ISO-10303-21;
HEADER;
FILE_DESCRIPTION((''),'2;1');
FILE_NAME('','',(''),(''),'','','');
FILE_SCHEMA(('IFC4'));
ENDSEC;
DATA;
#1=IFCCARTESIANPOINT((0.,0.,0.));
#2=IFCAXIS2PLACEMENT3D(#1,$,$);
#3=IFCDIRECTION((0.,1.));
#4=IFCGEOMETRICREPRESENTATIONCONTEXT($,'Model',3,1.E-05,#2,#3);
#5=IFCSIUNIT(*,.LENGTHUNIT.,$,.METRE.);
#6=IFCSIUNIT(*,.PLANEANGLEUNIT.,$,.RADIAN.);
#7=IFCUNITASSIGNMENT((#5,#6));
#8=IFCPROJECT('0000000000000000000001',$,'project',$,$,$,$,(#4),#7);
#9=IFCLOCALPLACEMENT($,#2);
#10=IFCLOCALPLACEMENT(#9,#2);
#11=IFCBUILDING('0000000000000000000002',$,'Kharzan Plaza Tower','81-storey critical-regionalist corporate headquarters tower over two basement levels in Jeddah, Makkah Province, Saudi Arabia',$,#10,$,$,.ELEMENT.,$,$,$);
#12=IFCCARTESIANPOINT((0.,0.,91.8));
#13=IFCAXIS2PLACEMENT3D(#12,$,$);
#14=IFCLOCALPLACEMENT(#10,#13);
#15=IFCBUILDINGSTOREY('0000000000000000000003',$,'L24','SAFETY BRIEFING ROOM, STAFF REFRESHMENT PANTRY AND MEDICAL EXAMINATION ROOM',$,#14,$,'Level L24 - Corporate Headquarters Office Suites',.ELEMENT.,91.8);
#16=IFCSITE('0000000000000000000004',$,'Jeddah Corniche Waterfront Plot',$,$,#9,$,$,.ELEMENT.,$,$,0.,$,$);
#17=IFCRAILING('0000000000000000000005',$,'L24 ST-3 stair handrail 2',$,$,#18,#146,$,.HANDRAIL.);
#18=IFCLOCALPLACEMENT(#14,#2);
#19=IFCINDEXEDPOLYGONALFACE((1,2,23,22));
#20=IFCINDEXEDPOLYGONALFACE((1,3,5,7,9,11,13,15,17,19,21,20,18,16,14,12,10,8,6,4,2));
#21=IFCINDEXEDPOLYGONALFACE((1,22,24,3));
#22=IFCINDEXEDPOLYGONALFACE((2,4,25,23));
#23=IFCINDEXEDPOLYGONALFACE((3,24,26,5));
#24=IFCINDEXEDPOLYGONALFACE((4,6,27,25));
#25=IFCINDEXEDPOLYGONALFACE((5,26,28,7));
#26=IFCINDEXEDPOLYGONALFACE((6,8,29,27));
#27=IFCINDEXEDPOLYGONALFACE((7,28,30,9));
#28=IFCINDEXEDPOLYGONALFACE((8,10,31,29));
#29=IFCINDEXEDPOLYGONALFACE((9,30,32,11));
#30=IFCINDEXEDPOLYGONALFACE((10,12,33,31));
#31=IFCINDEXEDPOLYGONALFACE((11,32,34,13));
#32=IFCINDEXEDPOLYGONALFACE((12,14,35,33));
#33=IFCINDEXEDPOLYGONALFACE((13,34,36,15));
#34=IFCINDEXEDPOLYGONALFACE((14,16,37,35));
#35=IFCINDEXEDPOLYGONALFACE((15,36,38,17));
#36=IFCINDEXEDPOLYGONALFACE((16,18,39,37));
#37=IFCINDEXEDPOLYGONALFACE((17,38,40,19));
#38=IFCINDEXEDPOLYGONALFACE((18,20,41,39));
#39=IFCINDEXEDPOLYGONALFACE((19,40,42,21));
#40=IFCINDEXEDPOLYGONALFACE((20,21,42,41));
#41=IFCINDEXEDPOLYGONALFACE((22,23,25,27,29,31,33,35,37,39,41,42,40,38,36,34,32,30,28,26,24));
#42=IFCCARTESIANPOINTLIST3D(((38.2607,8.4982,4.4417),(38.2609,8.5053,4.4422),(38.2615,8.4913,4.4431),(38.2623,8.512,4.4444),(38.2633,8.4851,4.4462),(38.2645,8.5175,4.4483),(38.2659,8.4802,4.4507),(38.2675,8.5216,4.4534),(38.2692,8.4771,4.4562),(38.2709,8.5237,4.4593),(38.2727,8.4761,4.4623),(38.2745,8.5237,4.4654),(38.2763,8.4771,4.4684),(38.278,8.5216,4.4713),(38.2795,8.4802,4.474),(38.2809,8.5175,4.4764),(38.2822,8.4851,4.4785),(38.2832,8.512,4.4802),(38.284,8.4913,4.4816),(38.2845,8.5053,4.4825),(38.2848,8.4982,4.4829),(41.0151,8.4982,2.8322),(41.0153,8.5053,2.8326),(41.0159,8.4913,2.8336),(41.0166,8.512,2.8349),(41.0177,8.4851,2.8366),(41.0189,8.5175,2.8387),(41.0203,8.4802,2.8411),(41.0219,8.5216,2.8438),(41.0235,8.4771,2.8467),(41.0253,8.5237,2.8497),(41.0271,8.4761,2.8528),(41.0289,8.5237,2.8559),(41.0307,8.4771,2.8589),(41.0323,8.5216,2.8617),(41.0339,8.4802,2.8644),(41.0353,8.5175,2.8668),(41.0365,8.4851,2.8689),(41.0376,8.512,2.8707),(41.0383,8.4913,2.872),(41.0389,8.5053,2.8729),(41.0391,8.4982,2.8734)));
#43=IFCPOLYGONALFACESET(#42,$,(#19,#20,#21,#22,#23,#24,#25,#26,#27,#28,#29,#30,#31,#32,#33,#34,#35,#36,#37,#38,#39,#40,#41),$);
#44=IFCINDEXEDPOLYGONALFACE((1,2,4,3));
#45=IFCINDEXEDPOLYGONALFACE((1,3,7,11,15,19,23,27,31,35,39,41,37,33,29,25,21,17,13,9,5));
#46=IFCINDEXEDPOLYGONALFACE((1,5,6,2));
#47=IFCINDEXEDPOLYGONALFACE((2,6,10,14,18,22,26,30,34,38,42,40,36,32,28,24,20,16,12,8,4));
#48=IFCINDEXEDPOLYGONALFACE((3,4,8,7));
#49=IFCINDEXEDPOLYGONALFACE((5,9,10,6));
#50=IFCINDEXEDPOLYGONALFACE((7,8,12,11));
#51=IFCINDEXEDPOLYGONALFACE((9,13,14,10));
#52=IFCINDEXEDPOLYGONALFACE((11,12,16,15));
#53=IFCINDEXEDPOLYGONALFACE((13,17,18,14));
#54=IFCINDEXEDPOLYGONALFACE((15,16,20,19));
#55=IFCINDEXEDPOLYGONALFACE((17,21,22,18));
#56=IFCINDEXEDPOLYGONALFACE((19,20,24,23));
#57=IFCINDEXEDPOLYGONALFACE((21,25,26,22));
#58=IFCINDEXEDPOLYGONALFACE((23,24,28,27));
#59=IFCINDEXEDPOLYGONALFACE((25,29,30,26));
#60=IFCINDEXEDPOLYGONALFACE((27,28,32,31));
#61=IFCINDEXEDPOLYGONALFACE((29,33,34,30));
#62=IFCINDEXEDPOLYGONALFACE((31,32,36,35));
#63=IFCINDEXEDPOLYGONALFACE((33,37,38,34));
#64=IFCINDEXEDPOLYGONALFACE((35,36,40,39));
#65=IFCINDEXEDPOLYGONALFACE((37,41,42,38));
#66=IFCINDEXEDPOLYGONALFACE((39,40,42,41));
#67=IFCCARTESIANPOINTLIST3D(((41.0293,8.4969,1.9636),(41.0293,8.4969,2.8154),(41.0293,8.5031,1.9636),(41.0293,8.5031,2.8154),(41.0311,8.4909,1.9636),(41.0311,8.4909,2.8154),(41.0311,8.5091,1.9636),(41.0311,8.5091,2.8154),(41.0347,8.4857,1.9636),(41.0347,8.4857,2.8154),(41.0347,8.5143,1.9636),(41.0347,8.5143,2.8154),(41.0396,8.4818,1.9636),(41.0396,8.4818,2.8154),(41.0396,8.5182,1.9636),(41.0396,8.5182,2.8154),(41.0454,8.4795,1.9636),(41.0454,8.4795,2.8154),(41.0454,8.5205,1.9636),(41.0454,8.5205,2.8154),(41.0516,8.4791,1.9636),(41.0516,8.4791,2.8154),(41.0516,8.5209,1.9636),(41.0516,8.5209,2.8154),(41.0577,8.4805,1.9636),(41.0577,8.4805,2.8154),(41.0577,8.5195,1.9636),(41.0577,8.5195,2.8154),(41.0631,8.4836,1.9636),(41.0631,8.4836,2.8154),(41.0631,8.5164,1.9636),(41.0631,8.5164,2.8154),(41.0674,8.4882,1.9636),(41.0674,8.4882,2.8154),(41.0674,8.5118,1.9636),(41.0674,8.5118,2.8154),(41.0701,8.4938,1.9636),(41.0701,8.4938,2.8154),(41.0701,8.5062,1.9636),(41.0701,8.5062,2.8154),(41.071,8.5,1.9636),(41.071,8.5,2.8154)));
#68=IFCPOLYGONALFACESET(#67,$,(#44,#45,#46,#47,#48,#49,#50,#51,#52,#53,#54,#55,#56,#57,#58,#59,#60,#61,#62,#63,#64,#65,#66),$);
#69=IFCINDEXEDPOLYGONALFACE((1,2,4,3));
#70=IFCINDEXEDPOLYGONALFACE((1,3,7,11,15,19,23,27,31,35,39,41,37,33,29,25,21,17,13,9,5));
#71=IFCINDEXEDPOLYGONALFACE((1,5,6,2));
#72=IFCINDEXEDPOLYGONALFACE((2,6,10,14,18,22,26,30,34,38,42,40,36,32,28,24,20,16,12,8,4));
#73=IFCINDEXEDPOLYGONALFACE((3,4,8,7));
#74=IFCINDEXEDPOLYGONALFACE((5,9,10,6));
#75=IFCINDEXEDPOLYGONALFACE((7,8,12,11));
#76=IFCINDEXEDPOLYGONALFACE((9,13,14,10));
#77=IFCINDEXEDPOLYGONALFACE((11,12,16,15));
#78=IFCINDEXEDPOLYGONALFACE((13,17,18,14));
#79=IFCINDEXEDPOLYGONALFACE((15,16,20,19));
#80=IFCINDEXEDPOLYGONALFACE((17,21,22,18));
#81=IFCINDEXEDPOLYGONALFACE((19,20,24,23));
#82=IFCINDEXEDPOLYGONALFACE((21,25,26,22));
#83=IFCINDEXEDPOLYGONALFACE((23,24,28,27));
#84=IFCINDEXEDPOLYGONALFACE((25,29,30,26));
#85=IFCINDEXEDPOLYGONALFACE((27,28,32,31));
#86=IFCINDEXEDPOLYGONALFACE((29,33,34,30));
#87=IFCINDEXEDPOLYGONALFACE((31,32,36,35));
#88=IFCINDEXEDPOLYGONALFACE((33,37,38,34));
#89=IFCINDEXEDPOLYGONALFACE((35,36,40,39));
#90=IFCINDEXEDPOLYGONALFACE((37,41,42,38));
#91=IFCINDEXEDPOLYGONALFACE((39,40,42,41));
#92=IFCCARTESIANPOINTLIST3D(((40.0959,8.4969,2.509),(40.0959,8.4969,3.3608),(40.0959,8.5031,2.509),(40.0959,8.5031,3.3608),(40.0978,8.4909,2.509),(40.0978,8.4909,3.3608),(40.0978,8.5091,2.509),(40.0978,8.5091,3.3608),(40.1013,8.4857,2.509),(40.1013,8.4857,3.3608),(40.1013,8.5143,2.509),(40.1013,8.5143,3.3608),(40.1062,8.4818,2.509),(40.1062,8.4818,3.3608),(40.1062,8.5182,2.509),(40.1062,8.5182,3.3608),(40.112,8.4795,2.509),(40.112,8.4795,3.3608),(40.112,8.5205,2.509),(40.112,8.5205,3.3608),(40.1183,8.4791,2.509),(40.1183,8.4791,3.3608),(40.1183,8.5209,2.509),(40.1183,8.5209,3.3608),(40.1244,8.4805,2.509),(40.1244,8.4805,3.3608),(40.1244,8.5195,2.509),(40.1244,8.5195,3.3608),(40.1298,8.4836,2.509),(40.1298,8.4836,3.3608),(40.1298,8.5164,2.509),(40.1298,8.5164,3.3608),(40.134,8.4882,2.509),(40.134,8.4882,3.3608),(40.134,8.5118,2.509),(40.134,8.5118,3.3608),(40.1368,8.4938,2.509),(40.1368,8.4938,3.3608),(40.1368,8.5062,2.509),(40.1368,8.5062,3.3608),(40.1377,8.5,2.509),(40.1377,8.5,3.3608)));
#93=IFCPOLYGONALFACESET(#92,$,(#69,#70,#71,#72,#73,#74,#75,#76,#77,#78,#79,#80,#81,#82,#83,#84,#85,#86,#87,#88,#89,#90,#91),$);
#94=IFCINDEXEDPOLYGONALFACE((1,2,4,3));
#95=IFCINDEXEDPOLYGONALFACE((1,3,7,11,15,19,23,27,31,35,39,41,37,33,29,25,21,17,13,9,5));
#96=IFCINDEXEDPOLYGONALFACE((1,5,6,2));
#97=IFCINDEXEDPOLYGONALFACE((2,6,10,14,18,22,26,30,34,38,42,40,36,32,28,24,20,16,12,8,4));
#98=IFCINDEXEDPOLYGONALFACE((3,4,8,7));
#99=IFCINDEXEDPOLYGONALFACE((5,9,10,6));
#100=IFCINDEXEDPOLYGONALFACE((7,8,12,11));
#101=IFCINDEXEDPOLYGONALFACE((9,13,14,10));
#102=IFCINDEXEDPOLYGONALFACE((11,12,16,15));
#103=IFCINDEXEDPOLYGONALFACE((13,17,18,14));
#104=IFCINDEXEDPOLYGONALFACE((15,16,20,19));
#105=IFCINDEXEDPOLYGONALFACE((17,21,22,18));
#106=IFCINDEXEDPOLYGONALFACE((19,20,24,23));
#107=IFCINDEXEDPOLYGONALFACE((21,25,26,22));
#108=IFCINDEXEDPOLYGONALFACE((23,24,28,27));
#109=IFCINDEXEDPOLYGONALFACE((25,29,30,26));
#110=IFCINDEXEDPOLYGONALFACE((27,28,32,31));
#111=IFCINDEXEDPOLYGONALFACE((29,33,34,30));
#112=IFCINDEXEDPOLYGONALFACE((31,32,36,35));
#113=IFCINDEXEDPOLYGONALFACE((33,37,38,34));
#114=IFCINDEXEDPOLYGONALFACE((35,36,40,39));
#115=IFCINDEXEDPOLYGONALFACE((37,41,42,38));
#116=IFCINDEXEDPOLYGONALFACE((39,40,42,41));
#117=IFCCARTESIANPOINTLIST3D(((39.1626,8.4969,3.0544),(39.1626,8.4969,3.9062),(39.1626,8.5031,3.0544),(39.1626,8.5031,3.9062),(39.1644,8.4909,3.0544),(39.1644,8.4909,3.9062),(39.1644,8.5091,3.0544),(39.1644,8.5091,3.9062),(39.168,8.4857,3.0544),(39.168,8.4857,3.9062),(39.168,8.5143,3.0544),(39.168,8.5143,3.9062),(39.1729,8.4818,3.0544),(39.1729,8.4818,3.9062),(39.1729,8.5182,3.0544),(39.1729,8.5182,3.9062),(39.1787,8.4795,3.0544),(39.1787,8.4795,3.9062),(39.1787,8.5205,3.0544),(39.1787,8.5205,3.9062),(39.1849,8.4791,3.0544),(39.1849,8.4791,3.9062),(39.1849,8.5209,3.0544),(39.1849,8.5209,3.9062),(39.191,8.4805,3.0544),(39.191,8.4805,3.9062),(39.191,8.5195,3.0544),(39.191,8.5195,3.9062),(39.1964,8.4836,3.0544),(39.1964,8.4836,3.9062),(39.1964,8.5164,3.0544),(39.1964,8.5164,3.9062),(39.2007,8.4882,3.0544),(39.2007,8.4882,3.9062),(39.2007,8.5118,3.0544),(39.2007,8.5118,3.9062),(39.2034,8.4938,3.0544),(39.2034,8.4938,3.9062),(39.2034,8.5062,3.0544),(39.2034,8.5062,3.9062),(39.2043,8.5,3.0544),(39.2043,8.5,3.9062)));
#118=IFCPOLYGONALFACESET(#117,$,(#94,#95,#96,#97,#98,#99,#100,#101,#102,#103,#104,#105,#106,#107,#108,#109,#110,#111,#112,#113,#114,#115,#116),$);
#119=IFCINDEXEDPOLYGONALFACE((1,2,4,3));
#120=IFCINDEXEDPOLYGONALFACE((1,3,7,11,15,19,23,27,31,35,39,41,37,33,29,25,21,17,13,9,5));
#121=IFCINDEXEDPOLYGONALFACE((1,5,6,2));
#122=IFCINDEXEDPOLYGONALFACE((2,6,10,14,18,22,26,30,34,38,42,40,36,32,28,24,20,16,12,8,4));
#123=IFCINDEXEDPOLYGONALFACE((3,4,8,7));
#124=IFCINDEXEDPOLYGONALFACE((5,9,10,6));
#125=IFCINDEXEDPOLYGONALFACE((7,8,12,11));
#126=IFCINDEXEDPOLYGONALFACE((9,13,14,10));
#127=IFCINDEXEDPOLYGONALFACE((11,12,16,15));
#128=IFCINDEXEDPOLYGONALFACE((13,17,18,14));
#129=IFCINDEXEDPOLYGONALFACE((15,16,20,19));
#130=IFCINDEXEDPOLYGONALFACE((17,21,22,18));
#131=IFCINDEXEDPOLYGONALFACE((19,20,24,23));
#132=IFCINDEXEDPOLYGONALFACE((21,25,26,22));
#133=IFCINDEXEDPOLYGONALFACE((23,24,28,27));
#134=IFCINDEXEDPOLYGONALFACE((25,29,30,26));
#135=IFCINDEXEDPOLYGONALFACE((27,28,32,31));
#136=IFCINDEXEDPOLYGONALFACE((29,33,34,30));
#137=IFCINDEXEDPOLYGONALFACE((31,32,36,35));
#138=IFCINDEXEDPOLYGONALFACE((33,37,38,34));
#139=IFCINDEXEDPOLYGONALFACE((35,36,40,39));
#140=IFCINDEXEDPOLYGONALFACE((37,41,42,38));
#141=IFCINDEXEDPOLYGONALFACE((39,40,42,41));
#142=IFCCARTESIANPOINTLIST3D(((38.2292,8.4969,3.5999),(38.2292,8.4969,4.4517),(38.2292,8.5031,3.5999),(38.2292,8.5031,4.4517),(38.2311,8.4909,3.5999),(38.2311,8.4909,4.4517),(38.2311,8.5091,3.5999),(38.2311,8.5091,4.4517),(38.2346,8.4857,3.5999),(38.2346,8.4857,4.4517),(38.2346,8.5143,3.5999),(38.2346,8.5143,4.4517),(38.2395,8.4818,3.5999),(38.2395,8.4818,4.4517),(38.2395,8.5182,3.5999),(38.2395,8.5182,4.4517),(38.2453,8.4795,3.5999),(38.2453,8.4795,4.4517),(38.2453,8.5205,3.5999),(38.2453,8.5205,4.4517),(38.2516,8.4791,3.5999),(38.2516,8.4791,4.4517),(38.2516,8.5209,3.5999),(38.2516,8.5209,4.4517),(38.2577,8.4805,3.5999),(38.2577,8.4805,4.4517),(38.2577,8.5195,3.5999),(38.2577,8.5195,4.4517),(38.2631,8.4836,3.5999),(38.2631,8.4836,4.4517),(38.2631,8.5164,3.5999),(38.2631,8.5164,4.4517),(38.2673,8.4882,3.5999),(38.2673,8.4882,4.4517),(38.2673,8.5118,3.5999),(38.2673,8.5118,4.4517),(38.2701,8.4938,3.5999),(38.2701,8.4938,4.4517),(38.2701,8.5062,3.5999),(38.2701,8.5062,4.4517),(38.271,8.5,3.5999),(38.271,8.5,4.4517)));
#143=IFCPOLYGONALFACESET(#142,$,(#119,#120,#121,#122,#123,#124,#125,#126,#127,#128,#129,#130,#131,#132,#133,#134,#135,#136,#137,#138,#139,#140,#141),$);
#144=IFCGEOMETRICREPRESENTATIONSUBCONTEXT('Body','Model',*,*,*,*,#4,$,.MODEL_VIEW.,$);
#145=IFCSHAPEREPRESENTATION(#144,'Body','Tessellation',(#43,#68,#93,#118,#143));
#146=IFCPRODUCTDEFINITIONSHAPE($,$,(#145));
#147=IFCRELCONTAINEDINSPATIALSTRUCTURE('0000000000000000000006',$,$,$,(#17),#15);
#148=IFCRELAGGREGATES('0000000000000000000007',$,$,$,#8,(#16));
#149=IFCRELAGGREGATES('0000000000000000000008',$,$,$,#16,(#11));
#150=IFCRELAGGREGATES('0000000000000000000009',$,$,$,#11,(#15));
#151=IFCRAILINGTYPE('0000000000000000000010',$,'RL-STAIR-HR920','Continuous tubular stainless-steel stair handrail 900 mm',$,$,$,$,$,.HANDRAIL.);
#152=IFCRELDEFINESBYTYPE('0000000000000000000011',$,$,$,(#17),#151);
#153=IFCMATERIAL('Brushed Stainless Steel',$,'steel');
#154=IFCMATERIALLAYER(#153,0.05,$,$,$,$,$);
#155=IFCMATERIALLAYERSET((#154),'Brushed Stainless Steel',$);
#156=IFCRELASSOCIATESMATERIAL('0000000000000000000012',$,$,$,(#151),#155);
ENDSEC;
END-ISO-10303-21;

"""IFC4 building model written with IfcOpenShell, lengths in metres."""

from ifc_helpers import new_model, si_unit, direction, frame, origin, origin_2d, place, context, subcontext, project, spatial, circle, extrude, source, transform, mapped, material, layer, layer_set, type_object, element, save


model = new_model("IFC4")

# Units and contexts
model_context = context("Model", 3, precision=1e-05, world=origin(), true_north=direction((0.0, 1.0)))
body_context = subcontext(model_context, "Body", "Model", "MODEL_VIEW")
ifc_project = project(units=[si_unit("LENGTHUNIT", "METRE"), si_unit("PLANEANGLEUNIT", "RADIAN")], contexts=[model_context])

# Site, building, storey
site_placement = place(None, origin())
site = spatial("IfcSite", under=ifc_project, at=site_placement, Name="Jeddah Corniche Waterfront Plot", CompositionType="ELEMENT", RefElevation=0.0)
building_placement = place(site_placement, origin())
building = spatial("IfcBuilding", under=site, at=building_placement, Name="Kharzan Plaza Tower", Description="81-storey critical-regionalist corporate headquarters tower over two basement levels in Jeddah, Makkah Province, Saudi Arabia", CompositionType="ELEMENT")
storey_placement = place(building_placement, frame((0.0, 0.0, 91.8)))
storey = spatial("IfcBuildingStorey", under=building, at=storey_placement, Name="L24", Description="SAFETY BRIEFING ROOM, STAFF REFRESHMENT PANTRY AND MEDICAL EXAMINATION ROOM", LongName="Level L24 - Corporate Headquarters Office Suites", CompositionType="ELEMENT", Elevation=91.8)

# Shared definitions
ifc_material_1 = material(Name="Brushed Stainless Steel", Category="steel")

# Railing
ifc_layer_1 = layer(ifc_material_1, 0.05)
ifc_layer_set_1 = layer_set([ifc_layer_1], Name="Brushed Stainless Steel")
railing_type_1 = type_object("IfcRailingType", Name="RL-STAIR-HR920", Description="Continuous tubular stainless-steel stair handrail 900 mm", PredefinedType="HANDRAIL", material=ifc_layer_set_1)
shared_shape_1 = source(origin(), body_context, "Body", "SweptSolid", [
    extrude(circle(Radius=0.0239, at=origin_2d()), frame((-0.0229, 0.0, 0.8892), z_axis=(-0.863394, 0.0, 0.504531), x_axis=(0.0, -1.0, 0.0)), (0.0, 0.0, 1.0), 3.1902),
    extrude(circle(Radius=0.021, at=origin_2d()), origin(), (0.0, 0.0, 1.0), 0.8518),
    extrude(circle(Radius=0.021, at=origin_2d()), frame((-0.9333, 0.0, 0.5454)), (0.0, 0.0, 1.0), 0.8518),
    extrude(circle(Radius=0.021, at=origin_2d()), frame((-1.8667, 0.0, 1.0908)), (0.0, 0.0, 1.0), 0.8518),
    extrude(circle(Radius=0.021, at=origin_2d()), frame((-2.8, 0.0, 1.6362)), (0.0, 0.0, 1.0), 0.8518),
])
railing_1_placement = place(storey_placement, frame((41.05, 8.5, 1.9636)))
element("IfcRailing", 1, at=railing_1_placement, inside=storey, type_object=railing_type_1, Name="L24 ST-3 stair handrail 2", PredefinedType="HANDRAIL", context=body_context, shape_type="MappedRepresentation", body=[
    mapped(shared_shape_1, transform((0.0, 0.0, 0.0), x_axis=(1.0, 0.0, 0.0), y_axis=(0.0, 1.0, 0.0), z_axis=(0.0, 0.0, 1.0))),
])

save(model, "model.ifc")
